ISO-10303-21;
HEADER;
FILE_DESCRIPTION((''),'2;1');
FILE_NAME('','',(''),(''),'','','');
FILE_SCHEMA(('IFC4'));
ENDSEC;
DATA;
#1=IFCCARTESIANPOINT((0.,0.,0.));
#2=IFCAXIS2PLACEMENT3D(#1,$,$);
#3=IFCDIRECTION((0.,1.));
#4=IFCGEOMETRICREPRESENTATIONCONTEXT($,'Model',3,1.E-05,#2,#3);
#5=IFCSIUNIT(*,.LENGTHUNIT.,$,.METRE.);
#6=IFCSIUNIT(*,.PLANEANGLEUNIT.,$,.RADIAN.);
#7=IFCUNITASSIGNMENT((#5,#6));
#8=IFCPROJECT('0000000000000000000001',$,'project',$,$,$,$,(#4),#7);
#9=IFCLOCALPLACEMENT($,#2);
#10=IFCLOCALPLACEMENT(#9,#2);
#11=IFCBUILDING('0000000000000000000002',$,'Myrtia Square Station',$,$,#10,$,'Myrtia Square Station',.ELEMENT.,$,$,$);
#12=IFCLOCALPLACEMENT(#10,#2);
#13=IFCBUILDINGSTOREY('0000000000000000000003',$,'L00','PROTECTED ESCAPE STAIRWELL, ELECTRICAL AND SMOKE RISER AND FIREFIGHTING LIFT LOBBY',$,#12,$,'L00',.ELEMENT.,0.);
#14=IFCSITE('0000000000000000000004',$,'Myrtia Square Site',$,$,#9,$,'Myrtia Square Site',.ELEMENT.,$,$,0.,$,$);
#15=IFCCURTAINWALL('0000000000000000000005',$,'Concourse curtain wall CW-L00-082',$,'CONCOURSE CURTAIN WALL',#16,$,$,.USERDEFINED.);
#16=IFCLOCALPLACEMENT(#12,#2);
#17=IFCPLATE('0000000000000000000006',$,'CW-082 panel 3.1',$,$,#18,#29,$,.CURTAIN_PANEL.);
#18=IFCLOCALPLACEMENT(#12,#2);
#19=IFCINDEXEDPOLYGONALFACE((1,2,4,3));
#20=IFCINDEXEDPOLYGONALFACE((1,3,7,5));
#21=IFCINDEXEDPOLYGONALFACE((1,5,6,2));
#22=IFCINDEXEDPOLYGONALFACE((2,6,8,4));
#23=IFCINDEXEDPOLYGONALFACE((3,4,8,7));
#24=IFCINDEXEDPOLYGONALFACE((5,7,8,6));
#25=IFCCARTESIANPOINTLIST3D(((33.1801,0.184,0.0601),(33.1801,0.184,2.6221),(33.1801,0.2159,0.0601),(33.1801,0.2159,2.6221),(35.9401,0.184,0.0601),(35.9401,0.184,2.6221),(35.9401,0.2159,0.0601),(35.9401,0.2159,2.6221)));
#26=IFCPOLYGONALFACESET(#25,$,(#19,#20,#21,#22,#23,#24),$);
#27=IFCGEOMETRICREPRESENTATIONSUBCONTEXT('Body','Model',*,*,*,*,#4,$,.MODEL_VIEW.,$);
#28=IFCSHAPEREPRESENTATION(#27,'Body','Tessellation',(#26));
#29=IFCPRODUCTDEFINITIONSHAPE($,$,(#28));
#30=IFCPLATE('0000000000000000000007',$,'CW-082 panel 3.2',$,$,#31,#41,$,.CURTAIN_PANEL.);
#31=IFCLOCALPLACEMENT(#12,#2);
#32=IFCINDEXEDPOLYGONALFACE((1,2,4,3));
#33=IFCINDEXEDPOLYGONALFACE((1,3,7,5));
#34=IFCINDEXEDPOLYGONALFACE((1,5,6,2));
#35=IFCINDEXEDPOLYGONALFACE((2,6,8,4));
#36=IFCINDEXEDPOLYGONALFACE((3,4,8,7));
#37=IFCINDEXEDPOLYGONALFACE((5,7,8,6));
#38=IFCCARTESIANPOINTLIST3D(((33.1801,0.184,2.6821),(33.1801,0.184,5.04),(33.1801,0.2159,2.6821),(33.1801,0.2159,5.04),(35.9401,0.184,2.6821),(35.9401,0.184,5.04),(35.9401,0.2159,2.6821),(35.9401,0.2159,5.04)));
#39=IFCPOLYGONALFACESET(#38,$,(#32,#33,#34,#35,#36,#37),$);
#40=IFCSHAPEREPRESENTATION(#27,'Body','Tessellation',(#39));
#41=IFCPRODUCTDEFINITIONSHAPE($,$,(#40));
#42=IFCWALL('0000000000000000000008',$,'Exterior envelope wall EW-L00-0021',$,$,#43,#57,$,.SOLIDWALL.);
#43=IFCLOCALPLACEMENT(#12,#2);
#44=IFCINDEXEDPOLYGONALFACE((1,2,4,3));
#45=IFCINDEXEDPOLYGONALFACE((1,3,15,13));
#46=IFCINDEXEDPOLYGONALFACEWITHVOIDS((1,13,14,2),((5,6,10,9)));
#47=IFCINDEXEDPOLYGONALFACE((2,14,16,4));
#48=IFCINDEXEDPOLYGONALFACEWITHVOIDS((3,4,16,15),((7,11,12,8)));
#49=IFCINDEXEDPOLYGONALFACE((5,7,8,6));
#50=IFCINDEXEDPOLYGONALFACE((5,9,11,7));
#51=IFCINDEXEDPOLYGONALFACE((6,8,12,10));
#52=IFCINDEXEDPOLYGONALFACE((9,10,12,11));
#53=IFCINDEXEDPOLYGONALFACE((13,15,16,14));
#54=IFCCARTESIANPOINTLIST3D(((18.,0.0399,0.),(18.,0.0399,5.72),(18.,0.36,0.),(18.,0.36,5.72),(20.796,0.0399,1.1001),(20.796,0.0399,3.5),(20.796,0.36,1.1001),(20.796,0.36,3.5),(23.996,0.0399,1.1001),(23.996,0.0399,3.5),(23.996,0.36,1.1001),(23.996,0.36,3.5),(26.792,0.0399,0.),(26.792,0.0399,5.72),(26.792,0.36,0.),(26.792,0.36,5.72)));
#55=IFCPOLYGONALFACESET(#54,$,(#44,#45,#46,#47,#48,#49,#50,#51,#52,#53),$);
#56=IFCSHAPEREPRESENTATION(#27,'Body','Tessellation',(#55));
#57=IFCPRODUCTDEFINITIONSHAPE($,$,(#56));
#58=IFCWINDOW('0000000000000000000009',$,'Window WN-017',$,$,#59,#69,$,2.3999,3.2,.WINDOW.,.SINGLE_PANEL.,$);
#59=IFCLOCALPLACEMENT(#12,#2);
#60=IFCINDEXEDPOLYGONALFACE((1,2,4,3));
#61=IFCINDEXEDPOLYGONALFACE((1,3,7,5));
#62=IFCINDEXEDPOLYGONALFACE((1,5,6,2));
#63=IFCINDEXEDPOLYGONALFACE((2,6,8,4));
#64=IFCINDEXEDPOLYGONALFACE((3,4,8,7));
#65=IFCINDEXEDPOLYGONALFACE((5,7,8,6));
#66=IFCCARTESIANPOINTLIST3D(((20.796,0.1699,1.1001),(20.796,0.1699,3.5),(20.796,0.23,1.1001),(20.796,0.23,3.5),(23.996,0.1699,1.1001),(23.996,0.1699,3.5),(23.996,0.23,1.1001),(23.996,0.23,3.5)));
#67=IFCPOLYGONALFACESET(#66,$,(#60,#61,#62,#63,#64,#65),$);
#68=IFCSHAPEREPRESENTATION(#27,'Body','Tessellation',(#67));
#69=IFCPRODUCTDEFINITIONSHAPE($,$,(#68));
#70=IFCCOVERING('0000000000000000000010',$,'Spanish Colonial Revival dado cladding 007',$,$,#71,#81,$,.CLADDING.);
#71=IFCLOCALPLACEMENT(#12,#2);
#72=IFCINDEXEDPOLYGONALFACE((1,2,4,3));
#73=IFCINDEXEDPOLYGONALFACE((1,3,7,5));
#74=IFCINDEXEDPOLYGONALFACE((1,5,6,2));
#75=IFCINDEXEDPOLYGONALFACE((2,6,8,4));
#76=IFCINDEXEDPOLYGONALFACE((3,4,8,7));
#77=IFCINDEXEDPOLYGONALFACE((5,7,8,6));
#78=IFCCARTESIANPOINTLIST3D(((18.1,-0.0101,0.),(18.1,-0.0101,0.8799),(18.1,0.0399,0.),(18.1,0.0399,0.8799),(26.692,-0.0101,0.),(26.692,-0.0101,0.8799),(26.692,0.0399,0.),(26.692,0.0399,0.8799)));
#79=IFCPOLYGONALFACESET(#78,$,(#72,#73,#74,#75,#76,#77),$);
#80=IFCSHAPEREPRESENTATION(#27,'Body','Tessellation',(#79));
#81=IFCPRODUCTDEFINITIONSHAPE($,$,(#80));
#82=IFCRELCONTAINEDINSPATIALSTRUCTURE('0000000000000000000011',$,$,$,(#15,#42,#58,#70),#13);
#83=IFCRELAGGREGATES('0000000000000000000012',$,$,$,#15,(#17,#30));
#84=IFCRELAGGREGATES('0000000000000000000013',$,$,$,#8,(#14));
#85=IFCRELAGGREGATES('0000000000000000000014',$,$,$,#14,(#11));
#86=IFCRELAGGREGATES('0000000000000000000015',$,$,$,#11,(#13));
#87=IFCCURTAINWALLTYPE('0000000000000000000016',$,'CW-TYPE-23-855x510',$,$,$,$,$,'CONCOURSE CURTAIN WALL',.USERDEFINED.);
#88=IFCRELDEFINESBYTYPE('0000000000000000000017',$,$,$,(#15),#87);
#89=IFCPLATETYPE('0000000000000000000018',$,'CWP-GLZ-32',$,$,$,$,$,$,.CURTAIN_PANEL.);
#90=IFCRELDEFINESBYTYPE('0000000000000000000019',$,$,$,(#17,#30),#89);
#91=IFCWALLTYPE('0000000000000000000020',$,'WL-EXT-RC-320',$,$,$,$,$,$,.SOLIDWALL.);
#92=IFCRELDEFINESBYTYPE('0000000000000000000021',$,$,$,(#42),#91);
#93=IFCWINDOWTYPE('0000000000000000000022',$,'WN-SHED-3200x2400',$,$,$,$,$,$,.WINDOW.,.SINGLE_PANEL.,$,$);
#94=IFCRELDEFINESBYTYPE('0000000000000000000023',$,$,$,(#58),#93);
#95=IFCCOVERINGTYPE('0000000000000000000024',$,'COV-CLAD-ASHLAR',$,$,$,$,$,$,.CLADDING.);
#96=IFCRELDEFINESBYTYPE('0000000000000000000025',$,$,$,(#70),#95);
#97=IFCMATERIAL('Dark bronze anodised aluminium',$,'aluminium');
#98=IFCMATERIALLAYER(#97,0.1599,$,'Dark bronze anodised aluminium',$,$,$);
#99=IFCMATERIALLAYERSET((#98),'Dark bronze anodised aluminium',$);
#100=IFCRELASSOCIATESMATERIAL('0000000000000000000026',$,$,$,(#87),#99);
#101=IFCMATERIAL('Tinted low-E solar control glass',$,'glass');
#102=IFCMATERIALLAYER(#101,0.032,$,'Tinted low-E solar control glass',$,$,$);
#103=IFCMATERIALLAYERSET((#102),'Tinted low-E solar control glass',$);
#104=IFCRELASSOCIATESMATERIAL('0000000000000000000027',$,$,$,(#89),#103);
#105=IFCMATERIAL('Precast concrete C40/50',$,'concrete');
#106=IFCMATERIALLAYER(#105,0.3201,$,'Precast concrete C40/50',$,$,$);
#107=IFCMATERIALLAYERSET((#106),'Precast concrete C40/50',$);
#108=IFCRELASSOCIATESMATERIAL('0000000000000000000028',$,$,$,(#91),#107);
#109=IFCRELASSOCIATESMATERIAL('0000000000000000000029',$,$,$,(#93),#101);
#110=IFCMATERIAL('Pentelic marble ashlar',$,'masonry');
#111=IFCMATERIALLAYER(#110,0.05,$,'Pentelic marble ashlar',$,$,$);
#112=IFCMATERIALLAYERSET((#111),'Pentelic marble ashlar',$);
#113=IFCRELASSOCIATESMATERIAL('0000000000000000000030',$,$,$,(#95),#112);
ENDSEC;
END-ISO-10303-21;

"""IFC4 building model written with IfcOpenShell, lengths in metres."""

from ifc_helpers import new_model, si_unit, direction, frame, frame_2d, origin, origin_2d, place, context, subcontext, project, spatial, rectangle, extrude, material, layer, layer_set, type_object, element, fill, aggregate, save


model = new_model("IFC4")

# Units and contexts
model_context = context("Model", 3, precision=1e-05, world=origin(), true_north=direction((0.0, 1.0)))
body_context = subcontext(model_context, "Body", "Model", "MODEL_VIEW")
ifc_project = project(units=[si_unit("LENGTHUNIT", "METRE"), si_unit("PLANEANGLEUNIT", "RADIAN")], contexts=[model_context])

# Site, building, storey
site_placement = place(None, origin())
site = spatial("IfcSite", under=ifc_project, at=site_placement, Name="Myrtia Square Site", LongName="Myrtia Square Site", CompositionType="ELEMENT", RefElevation=0.0)
building_placement = place(site_placement, origin())
building = spatial("IfcBuilding", under=site, at=building_placement, Name="Myrtia Square Station", LongName="Myrtia Square Station", CompositionType="ELEMENT")
storey_placement = place(building_placement, origin())
storey = spatial("IfcBuildingStorey", under=building, at=storey_placement, Name="L00", Description="PROTECTED ESCAPE STAIRWELL, ELECTRICAL AND SMOKE RISER AND FIREFIGHTING LIFT LOBBY", LongName="L00", CompositionType="ELEMENT", Elevation=0.0)

# Curtain wall
ifc_material_1 = material(Name="Dark bronze anodised aluminium", Category="aluminium")
ifc_layer_1 = layer(ifc_material_1, 0.1599, Name="Dark bronze anodised aluminium")
ifc_layer_set_1 = layer_set([ifc_layer_1], Name="Dark bronze anodised aluminium")
curtain_wall_type_1 = type_object("IfcCurtainWallType", Name="CW-TYPE-23-855x510", ElementType="CONCOURSE CURTAIN WALL", PredefinedType="USERDEFINED", material=ifc_layer_set_1)
curtain_wall_1_placement = place(storey_placement, origin())
curtain_wall_1 = element("IfcCurtainWall", 1, at=curtain_wall_1_placement, inside=storey, type_object=curtain_wall_type_1, Name="Concourse curtain wall CW-L00-082", ObjectType="CONCOURSE CURTAIN WALL", PredefinedType="USERDEFINED")

# Plates
ifc_material_2 = material(Name="Tinted low-E solar control glass", Category="glass")
ifc_layer_2 = layer(ifc_material_2, 0.032, Name="Tinted low-E solar control glass")
ifc_layer_set_2 = layer_set([ifc_layer_2], Name="Tinted low-E solar control glass")
plate_type_1 = type_object("IfcPlateType", Name="CWP-GLZ-32", PredefinedType="CURTAIN_PANEL", material=ifc_layer_set_2)
plate_1_placement = place(storey_placement, frame((34.5601, 0.2, 0.0601), z_axis=(0.0, 0.0, 1.0), x_axis=(1.0, 0.0, 0.0)))
plate_1 = element("IfcPlate", 2, at=plate_1_placement, type_object=plate_type_1, Name="CW-082 panel 3.1", PredefinedType="CURTAIN_PANEL", context=body_context, shape_type="SweptSolid", body=[
    extrude(rectangle(XDim=2.76, YDim=0.032, at=origin_2d()), origin(), (0.0, 0.0, 1.0), 2.562),
])
plate_2_placement = place(storey_placement, frame((34.5601, 0.2, 2.6821), z_axis=(0.0, 0.0, 1.0), x_axis=(1.0, 0.0, 0.0)))
plate_2 = element("IfcPlate", 3, at=plate_2_placement, type_object=plate_type_1, Name="CW-082 panel 3.2", PredefinedType="CURTAIN_PANEL", context=body_context, shape_type="SweptSolid", body=[
    extrude(rectangle(XDim=2.76, YDim=0.032, at=origin_2d()), origin(), (0.0, 0.0, 1.0), 2.3579),
])
aggregate(curtain_wall_1, [plate_1, plate_2])

# Wall, opening, window
ifc_material_3 = material(Name="Precast concrete C40/50", Category="concrete")
ifc_layer_3 = layer(ifc_material_3, 0.3201, Name="Precast concrete C40/50")
ifc_layer_set_3 = layer_set([ifc_layer_3], Name="Precast concrete C40/50")
wall_type = type_object("IfcWallType", Name="WL-EXT-RC-320", PredefinedType="SOLIDWALL", material=ifc_layer_set_3)
wall_placement = place(storey_placement, frame((18.0, 0.2, 0.0), z_axis=(0.0, 0.0, 1.0), x_axis=(1.0, 0.0, 0.0)))
wall = element("IfcWall", 4, at=wall_placement, inside=storey, type_object=wall_type, Name="Exterior envelope wall EW-L00-0021", PredefinedType="SOLIDWALL", context=body_context, shape_type="SweptSolid", body=[
    extrude(rectangle(XDim=8.792, YDim=0.3201, at=frame_2d((4.396, 0.0))), origin(), (0.0, 0.0, 1.0), 5.72),
])
opening_placement = place(wall_placement, frame((2.7959, 0.0, 1.1001)))
opening = element("IfcOpeningElement", 5, at=opening_placement, cuts=wall, PredefinedType="OPENING", context=body_context, shape_type="SweptSolid", body=[
    extrude(rectangle(XDim=3.2, YDim=2.3999, at=frame_2d((1.6001, 1.2))), frame((0.0, 0.175, 0.0), z_axis=(0.0, -1.0, 0.0), x_axis=(1.0, 0.0, 0.0)), (0.0, 0.0, 1.0), 0.3501),
])
window_type = type_object("IfcWindowType", Name="WN-SHED-3200x2400", PartitioningType="SINGLE_PANEL", PredefinedType="WINDOW", material=ifc_material_2)
window_placement = place(opening_placement, origin())
window = element("IfcWindow", 6, at=window_placement, inside=storey, type_object=window_type, Name="Window WN-017", OverallHeight=2.3999, OverallWidth=3.2, PartitioningType="SINGLE_PANEL", PredefinedType="WINDOW", context=body_context, shape_type="SweptSolid", body=[
    extrude(rectangle(XDim=3.2, YDim=2.3999, at=frame_2d((1.6001, 1.2))), frame((0.0, 0.03, 0.0), z_axis=(0.0, -1.0, 0.0), x_axis=(1.0, 0.0, 0.0)), (0.0, 0.0, 1.0), 0.0601),
])
fill(opening, window)

# Covering
ifc_material_4 = material(Name="Pentelic marble ashlar", Category="masonry")
ifc_layer_4 = layer(ifc_material_4, 0.05, Name="Pentelic marble ashlar")
ifc_layer_set_4 = layer_set([ifc_layer_4], Name="Pentelic marble ashlar")
covering_type = type_object("IfcCoveringType", Name="COV-CLAD-ASHLAR", PredefinedType="CLADDING", material=ifc_layer_set_4)
covering_placement = place(storey_placement, frame((22.396, 0.0149, 0.0), z_axis=(0.0, 0.0, 1.0), x_axis=(1.0, 0.0, 0.0)))
element("IfcCovering", 7, at=covering_placement, inside=storey, type_object=covering_type, Name="Spanish Colonial Revival dado cladding 007", PredefinedType="CLADDING", context=body_context, shape_type="SweptSolid", body=[
    extrude(rectangle(XDim=8.592, YDim=0.05, at=origin_2d()), origin(), (0.0, 0.0, 1.0), 0.8799),
])

save(model, "model.ifc")
